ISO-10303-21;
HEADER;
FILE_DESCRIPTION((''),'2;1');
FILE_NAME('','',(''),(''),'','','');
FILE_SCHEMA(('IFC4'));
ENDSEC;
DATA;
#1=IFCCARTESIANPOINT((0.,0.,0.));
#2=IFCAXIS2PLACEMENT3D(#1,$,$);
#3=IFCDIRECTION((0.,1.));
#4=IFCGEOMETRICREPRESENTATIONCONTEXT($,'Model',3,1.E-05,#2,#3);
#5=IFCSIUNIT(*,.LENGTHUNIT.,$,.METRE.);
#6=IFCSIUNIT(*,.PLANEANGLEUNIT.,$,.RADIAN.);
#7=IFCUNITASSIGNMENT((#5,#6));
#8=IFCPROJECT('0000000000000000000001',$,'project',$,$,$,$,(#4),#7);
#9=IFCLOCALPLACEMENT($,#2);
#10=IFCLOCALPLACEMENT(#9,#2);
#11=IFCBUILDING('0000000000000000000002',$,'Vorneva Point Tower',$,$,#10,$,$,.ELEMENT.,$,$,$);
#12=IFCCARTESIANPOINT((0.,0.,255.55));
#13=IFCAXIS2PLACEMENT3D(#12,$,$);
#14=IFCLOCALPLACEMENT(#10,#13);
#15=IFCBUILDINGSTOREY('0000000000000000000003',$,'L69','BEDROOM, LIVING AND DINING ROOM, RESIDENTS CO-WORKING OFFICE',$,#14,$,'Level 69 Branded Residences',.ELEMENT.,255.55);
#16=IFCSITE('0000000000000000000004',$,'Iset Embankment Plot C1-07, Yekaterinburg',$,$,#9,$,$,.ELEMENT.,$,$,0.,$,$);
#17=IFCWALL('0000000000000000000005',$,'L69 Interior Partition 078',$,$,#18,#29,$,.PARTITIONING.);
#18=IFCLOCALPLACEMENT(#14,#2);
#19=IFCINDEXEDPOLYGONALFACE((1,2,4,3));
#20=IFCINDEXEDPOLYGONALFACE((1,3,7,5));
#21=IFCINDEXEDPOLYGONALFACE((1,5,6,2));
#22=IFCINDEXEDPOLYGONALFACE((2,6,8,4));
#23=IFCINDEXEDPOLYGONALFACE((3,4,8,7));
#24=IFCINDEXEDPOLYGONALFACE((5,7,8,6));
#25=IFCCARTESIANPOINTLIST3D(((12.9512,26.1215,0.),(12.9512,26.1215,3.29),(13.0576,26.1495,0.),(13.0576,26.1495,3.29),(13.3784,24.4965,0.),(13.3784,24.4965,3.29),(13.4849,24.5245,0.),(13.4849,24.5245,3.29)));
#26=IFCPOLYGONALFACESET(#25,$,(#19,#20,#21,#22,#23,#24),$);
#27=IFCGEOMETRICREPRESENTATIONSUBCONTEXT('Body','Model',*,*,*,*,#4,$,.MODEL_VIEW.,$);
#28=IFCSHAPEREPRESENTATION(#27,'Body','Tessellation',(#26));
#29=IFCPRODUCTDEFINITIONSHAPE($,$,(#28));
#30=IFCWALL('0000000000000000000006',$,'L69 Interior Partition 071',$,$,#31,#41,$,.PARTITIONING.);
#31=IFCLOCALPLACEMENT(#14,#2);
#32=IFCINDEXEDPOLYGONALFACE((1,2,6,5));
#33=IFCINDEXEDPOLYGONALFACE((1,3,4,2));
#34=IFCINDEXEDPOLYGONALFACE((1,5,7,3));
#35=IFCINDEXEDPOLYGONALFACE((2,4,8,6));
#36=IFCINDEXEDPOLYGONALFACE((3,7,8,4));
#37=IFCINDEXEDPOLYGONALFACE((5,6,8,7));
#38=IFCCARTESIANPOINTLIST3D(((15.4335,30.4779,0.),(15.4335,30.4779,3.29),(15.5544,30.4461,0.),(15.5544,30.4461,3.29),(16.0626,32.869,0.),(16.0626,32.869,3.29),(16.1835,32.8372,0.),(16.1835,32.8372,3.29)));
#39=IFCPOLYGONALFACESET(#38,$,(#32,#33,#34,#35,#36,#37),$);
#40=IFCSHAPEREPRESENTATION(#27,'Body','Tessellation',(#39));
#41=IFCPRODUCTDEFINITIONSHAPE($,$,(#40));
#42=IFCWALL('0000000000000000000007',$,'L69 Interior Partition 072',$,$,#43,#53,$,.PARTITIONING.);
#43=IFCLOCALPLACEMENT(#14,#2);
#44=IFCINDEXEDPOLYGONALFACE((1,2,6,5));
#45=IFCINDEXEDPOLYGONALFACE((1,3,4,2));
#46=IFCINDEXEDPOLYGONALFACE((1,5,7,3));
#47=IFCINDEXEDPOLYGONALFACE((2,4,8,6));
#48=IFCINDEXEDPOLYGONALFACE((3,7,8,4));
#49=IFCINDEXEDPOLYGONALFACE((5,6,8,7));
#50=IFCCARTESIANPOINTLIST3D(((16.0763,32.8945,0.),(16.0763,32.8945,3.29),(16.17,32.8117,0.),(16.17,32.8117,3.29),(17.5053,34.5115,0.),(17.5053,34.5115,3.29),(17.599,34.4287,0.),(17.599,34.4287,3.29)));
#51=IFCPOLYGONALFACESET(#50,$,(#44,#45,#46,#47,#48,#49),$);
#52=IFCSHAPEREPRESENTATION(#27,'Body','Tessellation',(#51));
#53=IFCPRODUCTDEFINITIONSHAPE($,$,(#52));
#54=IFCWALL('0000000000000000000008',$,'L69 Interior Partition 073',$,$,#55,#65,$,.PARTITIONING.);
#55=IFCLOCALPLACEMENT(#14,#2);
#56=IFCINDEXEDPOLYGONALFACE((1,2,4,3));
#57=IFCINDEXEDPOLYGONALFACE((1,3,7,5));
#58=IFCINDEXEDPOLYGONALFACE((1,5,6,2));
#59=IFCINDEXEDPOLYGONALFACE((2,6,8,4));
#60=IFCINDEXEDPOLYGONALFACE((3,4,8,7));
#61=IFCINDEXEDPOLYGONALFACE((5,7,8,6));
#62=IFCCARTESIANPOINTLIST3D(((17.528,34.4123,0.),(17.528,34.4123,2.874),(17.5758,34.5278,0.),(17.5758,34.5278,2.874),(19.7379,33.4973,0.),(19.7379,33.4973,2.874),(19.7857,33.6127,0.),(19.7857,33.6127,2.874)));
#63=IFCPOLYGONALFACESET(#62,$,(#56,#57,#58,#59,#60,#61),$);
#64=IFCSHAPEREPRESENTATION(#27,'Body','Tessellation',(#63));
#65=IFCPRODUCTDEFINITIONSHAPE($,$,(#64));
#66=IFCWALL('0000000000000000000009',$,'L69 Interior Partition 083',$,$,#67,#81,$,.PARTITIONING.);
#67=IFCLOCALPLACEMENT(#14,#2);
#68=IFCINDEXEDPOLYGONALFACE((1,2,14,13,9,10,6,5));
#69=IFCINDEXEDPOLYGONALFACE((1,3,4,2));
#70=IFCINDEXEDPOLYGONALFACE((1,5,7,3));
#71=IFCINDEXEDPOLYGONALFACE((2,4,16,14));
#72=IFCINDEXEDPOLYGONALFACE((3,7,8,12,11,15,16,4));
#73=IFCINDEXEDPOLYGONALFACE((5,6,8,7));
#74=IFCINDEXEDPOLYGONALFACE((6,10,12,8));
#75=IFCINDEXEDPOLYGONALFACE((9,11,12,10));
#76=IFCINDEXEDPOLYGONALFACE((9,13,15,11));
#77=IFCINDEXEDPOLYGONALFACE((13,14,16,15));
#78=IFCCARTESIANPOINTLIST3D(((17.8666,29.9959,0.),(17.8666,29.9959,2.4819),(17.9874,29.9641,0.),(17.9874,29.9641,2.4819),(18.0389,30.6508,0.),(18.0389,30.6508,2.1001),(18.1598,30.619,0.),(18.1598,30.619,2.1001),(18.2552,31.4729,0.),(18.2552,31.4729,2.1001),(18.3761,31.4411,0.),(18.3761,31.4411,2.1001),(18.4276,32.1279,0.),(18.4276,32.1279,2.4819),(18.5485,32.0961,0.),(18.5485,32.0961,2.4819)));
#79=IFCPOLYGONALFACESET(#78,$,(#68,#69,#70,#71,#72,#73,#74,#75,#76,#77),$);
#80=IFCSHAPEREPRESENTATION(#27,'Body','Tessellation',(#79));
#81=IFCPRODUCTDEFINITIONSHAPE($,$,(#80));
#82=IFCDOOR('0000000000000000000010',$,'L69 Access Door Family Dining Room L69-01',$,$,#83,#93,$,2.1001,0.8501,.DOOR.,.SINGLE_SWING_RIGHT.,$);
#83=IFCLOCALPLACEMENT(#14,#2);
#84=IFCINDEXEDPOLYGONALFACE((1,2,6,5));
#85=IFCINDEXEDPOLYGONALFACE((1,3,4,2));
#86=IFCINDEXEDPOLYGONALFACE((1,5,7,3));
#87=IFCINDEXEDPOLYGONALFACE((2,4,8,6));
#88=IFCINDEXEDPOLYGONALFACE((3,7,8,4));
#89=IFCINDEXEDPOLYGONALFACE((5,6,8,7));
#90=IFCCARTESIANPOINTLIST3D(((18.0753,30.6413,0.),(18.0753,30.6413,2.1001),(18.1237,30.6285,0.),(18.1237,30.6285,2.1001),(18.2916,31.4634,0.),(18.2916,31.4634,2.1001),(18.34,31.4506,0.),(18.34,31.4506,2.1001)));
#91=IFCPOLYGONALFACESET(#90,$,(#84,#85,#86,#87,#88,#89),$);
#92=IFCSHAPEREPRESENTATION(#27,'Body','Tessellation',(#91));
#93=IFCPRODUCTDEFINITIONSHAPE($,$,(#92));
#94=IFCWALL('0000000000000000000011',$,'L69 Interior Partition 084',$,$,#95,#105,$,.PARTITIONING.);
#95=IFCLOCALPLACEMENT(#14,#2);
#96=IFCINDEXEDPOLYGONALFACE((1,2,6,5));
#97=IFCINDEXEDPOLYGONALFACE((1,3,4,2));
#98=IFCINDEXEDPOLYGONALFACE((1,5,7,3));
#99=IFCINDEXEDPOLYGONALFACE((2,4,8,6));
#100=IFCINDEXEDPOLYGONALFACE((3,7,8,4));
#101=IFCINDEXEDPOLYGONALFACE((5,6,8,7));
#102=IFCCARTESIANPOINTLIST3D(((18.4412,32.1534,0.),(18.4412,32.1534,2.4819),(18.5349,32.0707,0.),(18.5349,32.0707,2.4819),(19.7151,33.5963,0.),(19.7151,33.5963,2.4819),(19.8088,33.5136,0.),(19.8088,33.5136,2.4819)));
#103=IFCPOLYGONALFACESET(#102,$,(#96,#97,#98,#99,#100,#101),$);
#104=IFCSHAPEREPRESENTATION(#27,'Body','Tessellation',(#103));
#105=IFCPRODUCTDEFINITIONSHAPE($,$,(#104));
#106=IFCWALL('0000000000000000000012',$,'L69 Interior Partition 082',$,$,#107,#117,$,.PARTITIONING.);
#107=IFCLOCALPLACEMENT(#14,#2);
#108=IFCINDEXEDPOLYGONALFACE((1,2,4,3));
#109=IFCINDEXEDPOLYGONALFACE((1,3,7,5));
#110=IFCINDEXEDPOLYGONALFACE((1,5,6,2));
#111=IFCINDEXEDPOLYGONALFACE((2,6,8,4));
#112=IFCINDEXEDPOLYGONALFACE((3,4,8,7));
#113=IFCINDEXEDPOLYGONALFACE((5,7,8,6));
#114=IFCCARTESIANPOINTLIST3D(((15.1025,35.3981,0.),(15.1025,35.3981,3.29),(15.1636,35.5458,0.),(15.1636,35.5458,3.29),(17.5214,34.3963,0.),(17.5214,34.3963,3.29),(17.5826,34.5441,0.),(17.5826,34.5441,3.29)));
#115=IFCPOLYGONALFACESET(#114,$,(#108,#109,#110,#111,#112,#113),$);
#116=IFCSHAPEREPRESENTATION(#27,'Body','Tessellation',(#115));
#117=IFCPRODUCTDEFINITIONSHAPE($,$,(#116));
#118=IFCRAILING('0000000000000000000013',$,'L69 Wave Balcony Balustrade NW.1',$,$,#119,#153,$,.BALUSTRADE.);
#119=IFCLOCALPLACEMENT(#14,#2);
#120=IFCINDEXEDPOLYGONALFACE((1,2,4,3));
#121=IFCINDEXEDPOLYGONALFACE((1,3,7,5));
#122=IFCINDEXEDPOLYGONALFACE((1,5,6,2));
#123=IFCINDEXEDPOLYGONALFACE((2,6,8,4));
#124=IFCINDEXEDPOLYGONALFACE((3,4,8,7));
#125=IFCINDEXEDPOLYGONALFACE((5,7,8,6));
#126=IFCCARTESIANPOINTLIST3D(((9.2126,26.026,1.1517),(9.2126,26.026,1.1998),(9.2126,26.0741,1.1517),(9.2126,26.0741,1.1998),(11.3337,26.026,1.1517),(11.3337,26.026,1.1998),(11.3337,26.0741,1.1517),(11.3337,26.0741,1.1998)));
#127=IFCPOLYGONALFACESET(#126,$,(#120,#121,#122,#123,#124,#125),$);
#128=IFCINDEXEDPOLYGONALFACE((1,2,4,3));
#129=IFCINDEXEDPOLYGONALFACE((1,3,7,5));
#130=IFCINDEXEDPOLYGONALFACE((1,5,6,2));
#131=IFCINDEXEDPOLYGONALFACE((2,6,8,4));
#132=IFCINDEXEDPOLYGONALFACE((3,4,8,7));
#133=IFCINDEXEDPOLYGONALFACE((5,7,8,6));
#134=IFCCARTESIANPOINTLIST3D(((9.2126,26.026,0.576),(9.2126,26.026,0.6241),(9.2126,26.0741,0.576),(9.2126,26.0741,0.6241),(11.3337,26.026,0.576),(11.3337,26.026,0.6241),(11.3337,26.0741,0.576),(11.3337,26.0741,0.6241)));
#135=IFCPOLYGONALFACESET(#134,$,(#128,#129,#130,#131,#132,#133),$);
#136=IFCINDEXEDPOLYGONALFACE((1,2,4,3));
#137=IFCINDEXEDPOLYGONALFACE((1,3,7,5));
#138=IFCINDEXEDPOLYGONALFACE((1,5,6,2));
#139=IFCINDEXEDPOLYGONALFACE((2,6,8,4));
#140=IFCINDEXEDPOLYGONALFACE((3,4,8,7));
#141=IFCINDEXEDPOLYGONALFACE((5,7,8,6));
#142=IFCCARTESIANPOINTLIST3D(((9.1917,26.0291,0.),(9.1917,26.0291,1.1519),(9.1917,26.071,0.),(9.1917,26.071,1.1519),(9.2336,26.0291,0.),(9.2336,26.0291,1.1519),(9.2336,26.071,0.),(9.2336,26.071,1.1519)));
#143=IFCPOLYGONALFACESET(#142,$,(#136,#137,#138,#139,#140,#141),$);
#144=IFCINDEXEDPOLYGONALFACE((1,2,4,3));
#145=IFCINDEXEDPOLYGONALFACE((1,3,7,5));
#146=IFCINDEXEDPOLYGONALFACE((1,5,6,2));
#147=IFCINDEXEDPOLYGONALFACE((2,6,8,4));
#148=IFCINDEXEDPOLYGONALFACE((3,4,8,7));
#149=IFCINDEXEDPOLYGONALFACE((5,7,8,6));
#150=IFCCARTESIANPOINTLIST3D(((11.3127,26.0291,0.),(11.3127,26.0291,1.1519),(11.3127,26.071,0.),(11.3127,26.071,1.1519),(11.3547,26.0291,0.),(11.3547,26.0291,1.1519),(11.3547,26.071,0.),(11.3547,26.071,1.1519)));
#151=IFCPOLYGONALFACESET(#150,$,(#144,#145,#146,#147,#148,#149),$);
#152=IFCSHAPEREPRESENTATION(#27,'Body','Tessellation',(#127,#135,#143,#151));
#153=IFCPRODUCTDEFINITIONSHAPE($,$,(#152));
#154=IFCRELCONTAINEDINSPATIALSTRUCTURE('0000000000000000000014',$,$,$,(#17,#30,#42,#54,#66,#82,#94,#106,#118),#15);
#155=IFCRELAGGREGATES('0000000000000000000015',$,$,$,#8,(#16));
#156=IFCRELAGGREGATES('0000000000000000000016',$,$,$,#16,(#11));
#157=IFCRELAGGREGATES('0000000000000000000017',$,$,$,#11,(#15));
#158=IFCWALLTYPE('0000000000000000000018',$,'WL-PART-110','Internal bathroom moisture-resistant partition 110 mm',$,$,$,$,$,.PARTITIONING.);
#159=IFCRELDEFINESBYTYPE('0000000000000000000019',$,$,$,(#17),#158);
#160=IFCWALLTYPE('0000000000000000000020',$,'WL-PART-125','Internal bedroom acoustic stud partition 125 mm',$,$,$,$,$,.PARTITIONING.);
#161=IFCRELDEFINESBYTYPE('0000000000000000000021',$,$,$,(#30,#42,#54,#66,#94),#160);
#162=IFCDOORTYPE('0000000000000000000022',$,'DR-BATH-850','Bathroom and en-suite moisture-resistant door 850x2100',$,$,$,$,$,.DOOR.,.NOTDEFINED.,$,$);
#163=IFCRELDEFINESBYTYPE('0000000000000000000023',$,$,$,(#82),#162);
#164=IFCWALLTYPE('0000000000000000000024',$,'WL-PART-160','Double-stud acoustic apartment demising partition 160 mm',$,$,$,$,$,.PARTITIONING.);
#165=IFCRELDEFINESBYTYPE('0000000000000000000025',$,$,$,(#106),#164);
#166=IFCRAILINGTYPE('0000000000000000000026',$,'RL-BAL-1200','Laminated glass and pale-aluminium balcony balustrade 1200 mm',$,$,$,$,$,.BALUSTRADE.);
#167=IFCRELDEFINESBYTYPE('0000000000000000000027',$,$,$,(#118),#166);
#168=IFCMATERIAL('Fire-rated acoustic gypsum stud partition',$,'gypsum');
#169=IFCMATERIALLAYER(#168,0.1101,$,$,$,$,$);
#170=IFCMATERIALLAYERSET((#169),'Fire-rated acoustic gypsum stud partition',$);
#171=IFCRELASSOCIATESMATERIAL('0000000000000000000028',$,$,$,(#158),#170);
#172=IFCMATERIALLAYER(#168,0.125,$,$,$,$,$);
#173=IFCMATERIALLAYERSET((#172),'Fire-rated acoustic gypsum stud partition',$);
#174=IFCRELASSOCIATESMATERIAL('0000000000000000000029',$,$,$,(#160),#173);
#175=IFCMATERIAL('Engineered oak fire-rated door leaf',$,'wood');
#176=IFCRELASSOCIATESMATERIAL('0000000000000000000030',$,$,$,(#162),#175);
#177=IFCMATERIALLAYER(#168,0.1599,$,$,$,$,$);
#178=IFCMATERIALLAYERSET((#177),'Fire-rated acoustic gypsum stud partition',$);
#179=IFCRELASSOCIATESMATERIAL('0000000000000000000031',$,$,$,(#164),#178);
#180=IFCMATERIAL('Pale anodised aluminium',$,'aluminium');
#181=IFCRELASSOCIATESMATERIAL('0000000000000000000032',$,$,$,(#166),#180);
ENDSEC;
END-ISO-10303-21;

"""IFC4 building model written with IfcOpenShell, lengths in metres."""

from ifc_helpers import new_model, si_unit, direction, frame, frame_2d, origin, origin_2d, place, context, subcontext, project, spatial, rectangle, extrude, material, layer, layer_set, type_object, element, fill, save


model = new_model("IFC4")

# Units and contexts
model_context = context("Model", 3, precision=1e-05, world=origin(), true_north=direction((0.0, 1.0)))
body_context = subcontext(model_context, "Body", "Model", "MODEL_VIEW")
ifc_project = project(units=[si_unit("LENGTHUNIT", "METRE"), si_unit("PLANEANGLEUNIT", "RADIAN")], contexts=[model_context])

# Site, building, storey
site_placement = place(None, origin())
site = spatial("IfcSite", under=ifc_project, at=site_placement, Name="Iset Embankment Plot C1-07, Yekaterinburg", CompositionType="ELEMENT", RefElevation=0.0)
building_placement = place(site_placement, origin())
building = spatial("IfcBuilding", under=site, at=building_placement, Name="Vorneva Point Tower", CompositionType="ELEMENT")
storey_placement = place(building_placement, frame((0.0, 0.0, 255.55)))
storey = spatial("IfcBuildingStorey", under=building, at=storey_placement, Name="L69", Description="BEDROOM, LIVING AND DINING ROOM, RESIDENTS CO-WORKING OFFICE", LongName="Level 69 Branded Residences", CompositionType="ELEMENT", Elevation=255.55)

# Shared definitions
ifc_material_1 = material(Name="Pale anodised aluminium", Category="aluminium")

# Shared definitions
ifc_material_2 = material(Name="Fire-rated acoustic gypsum stud partition", Category="gypsum")
ifc_layer_1 = layer(ifc_material_2, 0.1101)
ifc_layer_set_1 = layer_set([ifc_layer_1], Name="Fire-rated acoustic gypsum stud partition")
wall_type_1 = type_object("IfcWallType", Name="WL-PART-110", Description="Internal bathroom moisture-resistant partition 110 mm", PredefinedType="PARTITIONING", material=ifc_layer_set_1)

# Shared definitions
ifc_material_3 = material(Name="Engineered oak fire-rated door leaf", Category="wood")

# Walls
wall_1_placement = place(storey_placement, frame((13.0044, 26.1355, 0.0), z_axis=(0.0, 0.0, 1.0), x_axis=(0.254279, -0.967131, 0.0)))
element("IfcWall", 1, at=wall_1_placement, inside=storey, type_object=wall_type_1, Name="L69 Interior Partition 078", PredefinedType="PARTITIONING", context=body_context, shape_type="SweptSolid", body=[
    extrude(rectangle(XDim=1.6802, YDim=0.1101, at=frame_2d((0.8401, 0.0))), origin(), (0.0, 0.0, 1.0), 3.29),
])
ifc_layer_2 = layer(ifc_material_2, 0.125)
ifc_layer_set_2 = layer_set([ifc_layer_2], Name="Fire-rated acoustic gypsum stud partition")
wall_type_2 = type_object("IfcWallType", Name="WL-PART-125", Description="Internal bedroom acoustic stud partition 125 mm", PredefinedType="PARTITIONING", material=ifc_layer_set_2)
wall_2_placement = place(storey_placement, frame((15.4939, 30.4619, 0.0), z_axis=(0.0, 0.0, 1.0), x_axis=(0.254459, 0.967083, 0.0)))
element("IfcWall", 2, at=wall_2_placement, inside=storey, type_object=wall_type_2, Name="L69 Interior Partition 071", PredefinedType="PARTITIONING", context=body_context, shape_type="SweptSolid", body=[
    extrude(rectangle(XDim=2.4724, YDim=0.125, at=frame_2d((1.2363, 0.0))), origin(), (0.0, 0.0, 1.0), 3.29),
])
wall_3_placement = place(storey_placement, frame((16.123, 32.853, 0.0), z_axis=(0.0, 0.0, 1.0), x_axis=(0.662205, 0.749323, 0.0)))
element("IfcWall", 3, at=wall_3_placement, inside=storey, type_object=wall_type_2, Name="L69 Interior Partition 072", PredefinedType="PARTITIONING", context=body_context, shape_type="SweptSolid", body=[
    extrude(rectangle(XDim=2.158, YDim=0.125, at=frame_2d((1.0791, 0.0))), origin(), (0.0, 0.0, 1.0), 3.29),
])
wall_4_placement = place(storey_placement, frame((17.552, 34.47, 0.0), z_axis=(0.0, 0.0, 1.0), x_axis=(0.923932, -0.382556, 0.0)))
element("IfcWall", 4, at=wall_4_placement, inside=storey, type_object=wall_type_2, Name="L69 Interior Partition 073", PredefinedType="PARTITIONING", context=body_context, shape_type="SweptSolid", body=[
    extrude(rectangle(XDim=2.3918, YDim=0.125, at=frame_2d((1.1958, 0.0))), origin(), (0.0, 0.0, 1.0), 2.874),
])

# Wall, opening, door
wall_5_placement = place(storey_placement, frame((17.927, 29.98, 0.0), z_axis=(0.0, 0.0, 1.0), x_axis=(0.254477, 0.967079, 0.0)))
wall_5 = element("IfcWall", 5, at=wall_5_placement, inside=storey, type_object=wall_type_2, Name="L69 Interior Partition 083", PredefinedType="PARTITIONING", context=body_context, shape_type="SweptSolid", body=[
    extrude(rectangle(XDim=2.2046, YDim=0.125, at=frame_2d((1.1023, 0.0))), origin(), (0.0, 0.0, 1.0), 2.4819),
])
opening_1_placement = place(wall_5_placement, frame((0.6772, 0.0, 0.0)))
opening_1 = element("IfcOpeningElement", 6, at=opening_1_placement, cuts=wall_5, PredefinedType="OPENING", context=body_context, shape_type="SweptSolid", body=[
    extrude(rectangle(XDim=0.8501, YDim=2.1001, at=frame_2d((0.425, 1.05))), frame((0.0, 0.0774, 0.0), z_axis=(0.0, -1.0, 0.0), x_axis=(1.0, 0.0, 0.0)), (0.0, 0.0, 1.0), 0.1548),
])
door_type_1 = type_object("IfcDoorType", Name="DR-BATH-850", Description="Bathroom and en-suite moisture-resistant door 850x2100", OperationType="NOTDEFINED", PredefinedType="DOOR", material=ifc_material_3)
door_1_placement = place(opening_1_placement, origin())
door_1 = element("IfcDoor", 7, at=door_1_placement, inside=storey, type_object=door_type_1, Name="L69 Access Door Family Dining Room L69-01", OperationType="SINGLE_SWING_RIGHT", OverallHeight=2.1001, OverallWidth=0.8501, PredefinedType="DOOR", context=body_context, shape_type="SweptSolid", body=[
    extrude(rectangle(XDim=0.8501, YDim=2.1001, at=frame_2d((0.425, 1.05))), frame((0.0, 0.0249, 0.0), z_axis=(0.0, -1.0, 0.0), x_axis=(1.0, 0.0, 0.0)), (0.0, 0.0, 1.0), 0.05),
])
fill(opening_1, door_1)

# Walls
wall_6_placement = place(storey_placement, frame((18.488, 32.1121, 0.0), z_axis=(0.0, 0.0, 1.0), x_axis=(0.661857, 0.749631, 0.0)))
element("IfcWall", 8, at=wall_6_placement, inside=storey, type_object=wall_type_2, Name="L69 Interior Partition 084", PredefinedType="PARTITIONING", context=body_context, shape_type="SweptSolid", body=[
    extrude(rectangle(XDim=1.9248, YDim=0.125, at=frame_2d((0.9624, 0.0))), origin(), (0.0, 0.0, 1.0), 2.4819),
])
ifc_layer_3 = layer(ifc_material_2, 0.1599)
ifc_layer_set_3 = layer_set([ifc_layer_3], Name="Fire-rated acoustic gypsum stud partition")
wall_type_3 = type_object("IfcWallType", Name="WL-PART-160", Description="Double-stud acoustic apartment demising partition 160 mm", PredefinedType="PARTITIONING", material=ifc_layer_set_3)
wall_7_placement = place(storey_placement, frame((17.552, 34.4702, 0.0), z_axis=(0.0, 0.0, 1.0), x_axis=(-0.923913, 0.382602, 0.0)))
element("IfcWall", 9, at=wall_7_placement, inside=storey, type_object=wall_type_3, Name="L69 Interior Partition 082", PredefinedType="PARTITIONING", context=body_context, shape_type="SweptSolid", body=[
    extrude(rectangle(XDim=2.6182, YDim=0.1599, at=frame_2d((1.3091, 0.0))), origin(), (0.0, 0.0, 1.0), 3.29),
])

# Railing
railing_type = type_object("IfcRailingType", Name="RL-BAL-1200", Description="Laminated glass and pale-aluminium balcony balustrade 1200 mm", PredefinedType="BALUSTRADE", material=ifc_material_1)
railing_placement = place(storey_placement, frame((9.2126, 26.05, 0.0)))
element("IfcRailing", 10, at=railing_placement, inside=storey, type_object=railing_type, Name="L69 Wave Balcony Balustrade NW.1", PredefinedType="BALUSTRADE", context=body_context, shape_type="SweptSolid", body=[
    extrude(rectangle(XDim=0.0481, YDim=0.0481, at=origin_2d()), frame((0.0, 0.0, 1.1758), z_axis=(1.0, 0.0, 0.0), x_axis=(0.0, 1.0, 0.0)), (0.0, 0.0, 1.0), 2.1211),
    extrude(rectangle(XDim=0.0481, YDim=0.0481, at=origin_2d()), frame((0.0, 0.0, 0.6001), z_axis=(1.0, 0.0, 0.0), x_axis=(0.0, 1.0, 0.0)), (0.0, 0.0, 1.0), 2.1211),
    extrude(rectangle(XDim=0.042, YDim=0.042, at=origin_2d()), origin(), (0.0, 0.0, 1.0), 1.1519),
    extrude(rectangle(XDim=0.042, YDim=0.042, at=origin_2d()), frame((2.1211, 0.0, 0.0)), (0.0, 0.0, 1.0), 1.1519),
])

save(model, "model.ifc")
